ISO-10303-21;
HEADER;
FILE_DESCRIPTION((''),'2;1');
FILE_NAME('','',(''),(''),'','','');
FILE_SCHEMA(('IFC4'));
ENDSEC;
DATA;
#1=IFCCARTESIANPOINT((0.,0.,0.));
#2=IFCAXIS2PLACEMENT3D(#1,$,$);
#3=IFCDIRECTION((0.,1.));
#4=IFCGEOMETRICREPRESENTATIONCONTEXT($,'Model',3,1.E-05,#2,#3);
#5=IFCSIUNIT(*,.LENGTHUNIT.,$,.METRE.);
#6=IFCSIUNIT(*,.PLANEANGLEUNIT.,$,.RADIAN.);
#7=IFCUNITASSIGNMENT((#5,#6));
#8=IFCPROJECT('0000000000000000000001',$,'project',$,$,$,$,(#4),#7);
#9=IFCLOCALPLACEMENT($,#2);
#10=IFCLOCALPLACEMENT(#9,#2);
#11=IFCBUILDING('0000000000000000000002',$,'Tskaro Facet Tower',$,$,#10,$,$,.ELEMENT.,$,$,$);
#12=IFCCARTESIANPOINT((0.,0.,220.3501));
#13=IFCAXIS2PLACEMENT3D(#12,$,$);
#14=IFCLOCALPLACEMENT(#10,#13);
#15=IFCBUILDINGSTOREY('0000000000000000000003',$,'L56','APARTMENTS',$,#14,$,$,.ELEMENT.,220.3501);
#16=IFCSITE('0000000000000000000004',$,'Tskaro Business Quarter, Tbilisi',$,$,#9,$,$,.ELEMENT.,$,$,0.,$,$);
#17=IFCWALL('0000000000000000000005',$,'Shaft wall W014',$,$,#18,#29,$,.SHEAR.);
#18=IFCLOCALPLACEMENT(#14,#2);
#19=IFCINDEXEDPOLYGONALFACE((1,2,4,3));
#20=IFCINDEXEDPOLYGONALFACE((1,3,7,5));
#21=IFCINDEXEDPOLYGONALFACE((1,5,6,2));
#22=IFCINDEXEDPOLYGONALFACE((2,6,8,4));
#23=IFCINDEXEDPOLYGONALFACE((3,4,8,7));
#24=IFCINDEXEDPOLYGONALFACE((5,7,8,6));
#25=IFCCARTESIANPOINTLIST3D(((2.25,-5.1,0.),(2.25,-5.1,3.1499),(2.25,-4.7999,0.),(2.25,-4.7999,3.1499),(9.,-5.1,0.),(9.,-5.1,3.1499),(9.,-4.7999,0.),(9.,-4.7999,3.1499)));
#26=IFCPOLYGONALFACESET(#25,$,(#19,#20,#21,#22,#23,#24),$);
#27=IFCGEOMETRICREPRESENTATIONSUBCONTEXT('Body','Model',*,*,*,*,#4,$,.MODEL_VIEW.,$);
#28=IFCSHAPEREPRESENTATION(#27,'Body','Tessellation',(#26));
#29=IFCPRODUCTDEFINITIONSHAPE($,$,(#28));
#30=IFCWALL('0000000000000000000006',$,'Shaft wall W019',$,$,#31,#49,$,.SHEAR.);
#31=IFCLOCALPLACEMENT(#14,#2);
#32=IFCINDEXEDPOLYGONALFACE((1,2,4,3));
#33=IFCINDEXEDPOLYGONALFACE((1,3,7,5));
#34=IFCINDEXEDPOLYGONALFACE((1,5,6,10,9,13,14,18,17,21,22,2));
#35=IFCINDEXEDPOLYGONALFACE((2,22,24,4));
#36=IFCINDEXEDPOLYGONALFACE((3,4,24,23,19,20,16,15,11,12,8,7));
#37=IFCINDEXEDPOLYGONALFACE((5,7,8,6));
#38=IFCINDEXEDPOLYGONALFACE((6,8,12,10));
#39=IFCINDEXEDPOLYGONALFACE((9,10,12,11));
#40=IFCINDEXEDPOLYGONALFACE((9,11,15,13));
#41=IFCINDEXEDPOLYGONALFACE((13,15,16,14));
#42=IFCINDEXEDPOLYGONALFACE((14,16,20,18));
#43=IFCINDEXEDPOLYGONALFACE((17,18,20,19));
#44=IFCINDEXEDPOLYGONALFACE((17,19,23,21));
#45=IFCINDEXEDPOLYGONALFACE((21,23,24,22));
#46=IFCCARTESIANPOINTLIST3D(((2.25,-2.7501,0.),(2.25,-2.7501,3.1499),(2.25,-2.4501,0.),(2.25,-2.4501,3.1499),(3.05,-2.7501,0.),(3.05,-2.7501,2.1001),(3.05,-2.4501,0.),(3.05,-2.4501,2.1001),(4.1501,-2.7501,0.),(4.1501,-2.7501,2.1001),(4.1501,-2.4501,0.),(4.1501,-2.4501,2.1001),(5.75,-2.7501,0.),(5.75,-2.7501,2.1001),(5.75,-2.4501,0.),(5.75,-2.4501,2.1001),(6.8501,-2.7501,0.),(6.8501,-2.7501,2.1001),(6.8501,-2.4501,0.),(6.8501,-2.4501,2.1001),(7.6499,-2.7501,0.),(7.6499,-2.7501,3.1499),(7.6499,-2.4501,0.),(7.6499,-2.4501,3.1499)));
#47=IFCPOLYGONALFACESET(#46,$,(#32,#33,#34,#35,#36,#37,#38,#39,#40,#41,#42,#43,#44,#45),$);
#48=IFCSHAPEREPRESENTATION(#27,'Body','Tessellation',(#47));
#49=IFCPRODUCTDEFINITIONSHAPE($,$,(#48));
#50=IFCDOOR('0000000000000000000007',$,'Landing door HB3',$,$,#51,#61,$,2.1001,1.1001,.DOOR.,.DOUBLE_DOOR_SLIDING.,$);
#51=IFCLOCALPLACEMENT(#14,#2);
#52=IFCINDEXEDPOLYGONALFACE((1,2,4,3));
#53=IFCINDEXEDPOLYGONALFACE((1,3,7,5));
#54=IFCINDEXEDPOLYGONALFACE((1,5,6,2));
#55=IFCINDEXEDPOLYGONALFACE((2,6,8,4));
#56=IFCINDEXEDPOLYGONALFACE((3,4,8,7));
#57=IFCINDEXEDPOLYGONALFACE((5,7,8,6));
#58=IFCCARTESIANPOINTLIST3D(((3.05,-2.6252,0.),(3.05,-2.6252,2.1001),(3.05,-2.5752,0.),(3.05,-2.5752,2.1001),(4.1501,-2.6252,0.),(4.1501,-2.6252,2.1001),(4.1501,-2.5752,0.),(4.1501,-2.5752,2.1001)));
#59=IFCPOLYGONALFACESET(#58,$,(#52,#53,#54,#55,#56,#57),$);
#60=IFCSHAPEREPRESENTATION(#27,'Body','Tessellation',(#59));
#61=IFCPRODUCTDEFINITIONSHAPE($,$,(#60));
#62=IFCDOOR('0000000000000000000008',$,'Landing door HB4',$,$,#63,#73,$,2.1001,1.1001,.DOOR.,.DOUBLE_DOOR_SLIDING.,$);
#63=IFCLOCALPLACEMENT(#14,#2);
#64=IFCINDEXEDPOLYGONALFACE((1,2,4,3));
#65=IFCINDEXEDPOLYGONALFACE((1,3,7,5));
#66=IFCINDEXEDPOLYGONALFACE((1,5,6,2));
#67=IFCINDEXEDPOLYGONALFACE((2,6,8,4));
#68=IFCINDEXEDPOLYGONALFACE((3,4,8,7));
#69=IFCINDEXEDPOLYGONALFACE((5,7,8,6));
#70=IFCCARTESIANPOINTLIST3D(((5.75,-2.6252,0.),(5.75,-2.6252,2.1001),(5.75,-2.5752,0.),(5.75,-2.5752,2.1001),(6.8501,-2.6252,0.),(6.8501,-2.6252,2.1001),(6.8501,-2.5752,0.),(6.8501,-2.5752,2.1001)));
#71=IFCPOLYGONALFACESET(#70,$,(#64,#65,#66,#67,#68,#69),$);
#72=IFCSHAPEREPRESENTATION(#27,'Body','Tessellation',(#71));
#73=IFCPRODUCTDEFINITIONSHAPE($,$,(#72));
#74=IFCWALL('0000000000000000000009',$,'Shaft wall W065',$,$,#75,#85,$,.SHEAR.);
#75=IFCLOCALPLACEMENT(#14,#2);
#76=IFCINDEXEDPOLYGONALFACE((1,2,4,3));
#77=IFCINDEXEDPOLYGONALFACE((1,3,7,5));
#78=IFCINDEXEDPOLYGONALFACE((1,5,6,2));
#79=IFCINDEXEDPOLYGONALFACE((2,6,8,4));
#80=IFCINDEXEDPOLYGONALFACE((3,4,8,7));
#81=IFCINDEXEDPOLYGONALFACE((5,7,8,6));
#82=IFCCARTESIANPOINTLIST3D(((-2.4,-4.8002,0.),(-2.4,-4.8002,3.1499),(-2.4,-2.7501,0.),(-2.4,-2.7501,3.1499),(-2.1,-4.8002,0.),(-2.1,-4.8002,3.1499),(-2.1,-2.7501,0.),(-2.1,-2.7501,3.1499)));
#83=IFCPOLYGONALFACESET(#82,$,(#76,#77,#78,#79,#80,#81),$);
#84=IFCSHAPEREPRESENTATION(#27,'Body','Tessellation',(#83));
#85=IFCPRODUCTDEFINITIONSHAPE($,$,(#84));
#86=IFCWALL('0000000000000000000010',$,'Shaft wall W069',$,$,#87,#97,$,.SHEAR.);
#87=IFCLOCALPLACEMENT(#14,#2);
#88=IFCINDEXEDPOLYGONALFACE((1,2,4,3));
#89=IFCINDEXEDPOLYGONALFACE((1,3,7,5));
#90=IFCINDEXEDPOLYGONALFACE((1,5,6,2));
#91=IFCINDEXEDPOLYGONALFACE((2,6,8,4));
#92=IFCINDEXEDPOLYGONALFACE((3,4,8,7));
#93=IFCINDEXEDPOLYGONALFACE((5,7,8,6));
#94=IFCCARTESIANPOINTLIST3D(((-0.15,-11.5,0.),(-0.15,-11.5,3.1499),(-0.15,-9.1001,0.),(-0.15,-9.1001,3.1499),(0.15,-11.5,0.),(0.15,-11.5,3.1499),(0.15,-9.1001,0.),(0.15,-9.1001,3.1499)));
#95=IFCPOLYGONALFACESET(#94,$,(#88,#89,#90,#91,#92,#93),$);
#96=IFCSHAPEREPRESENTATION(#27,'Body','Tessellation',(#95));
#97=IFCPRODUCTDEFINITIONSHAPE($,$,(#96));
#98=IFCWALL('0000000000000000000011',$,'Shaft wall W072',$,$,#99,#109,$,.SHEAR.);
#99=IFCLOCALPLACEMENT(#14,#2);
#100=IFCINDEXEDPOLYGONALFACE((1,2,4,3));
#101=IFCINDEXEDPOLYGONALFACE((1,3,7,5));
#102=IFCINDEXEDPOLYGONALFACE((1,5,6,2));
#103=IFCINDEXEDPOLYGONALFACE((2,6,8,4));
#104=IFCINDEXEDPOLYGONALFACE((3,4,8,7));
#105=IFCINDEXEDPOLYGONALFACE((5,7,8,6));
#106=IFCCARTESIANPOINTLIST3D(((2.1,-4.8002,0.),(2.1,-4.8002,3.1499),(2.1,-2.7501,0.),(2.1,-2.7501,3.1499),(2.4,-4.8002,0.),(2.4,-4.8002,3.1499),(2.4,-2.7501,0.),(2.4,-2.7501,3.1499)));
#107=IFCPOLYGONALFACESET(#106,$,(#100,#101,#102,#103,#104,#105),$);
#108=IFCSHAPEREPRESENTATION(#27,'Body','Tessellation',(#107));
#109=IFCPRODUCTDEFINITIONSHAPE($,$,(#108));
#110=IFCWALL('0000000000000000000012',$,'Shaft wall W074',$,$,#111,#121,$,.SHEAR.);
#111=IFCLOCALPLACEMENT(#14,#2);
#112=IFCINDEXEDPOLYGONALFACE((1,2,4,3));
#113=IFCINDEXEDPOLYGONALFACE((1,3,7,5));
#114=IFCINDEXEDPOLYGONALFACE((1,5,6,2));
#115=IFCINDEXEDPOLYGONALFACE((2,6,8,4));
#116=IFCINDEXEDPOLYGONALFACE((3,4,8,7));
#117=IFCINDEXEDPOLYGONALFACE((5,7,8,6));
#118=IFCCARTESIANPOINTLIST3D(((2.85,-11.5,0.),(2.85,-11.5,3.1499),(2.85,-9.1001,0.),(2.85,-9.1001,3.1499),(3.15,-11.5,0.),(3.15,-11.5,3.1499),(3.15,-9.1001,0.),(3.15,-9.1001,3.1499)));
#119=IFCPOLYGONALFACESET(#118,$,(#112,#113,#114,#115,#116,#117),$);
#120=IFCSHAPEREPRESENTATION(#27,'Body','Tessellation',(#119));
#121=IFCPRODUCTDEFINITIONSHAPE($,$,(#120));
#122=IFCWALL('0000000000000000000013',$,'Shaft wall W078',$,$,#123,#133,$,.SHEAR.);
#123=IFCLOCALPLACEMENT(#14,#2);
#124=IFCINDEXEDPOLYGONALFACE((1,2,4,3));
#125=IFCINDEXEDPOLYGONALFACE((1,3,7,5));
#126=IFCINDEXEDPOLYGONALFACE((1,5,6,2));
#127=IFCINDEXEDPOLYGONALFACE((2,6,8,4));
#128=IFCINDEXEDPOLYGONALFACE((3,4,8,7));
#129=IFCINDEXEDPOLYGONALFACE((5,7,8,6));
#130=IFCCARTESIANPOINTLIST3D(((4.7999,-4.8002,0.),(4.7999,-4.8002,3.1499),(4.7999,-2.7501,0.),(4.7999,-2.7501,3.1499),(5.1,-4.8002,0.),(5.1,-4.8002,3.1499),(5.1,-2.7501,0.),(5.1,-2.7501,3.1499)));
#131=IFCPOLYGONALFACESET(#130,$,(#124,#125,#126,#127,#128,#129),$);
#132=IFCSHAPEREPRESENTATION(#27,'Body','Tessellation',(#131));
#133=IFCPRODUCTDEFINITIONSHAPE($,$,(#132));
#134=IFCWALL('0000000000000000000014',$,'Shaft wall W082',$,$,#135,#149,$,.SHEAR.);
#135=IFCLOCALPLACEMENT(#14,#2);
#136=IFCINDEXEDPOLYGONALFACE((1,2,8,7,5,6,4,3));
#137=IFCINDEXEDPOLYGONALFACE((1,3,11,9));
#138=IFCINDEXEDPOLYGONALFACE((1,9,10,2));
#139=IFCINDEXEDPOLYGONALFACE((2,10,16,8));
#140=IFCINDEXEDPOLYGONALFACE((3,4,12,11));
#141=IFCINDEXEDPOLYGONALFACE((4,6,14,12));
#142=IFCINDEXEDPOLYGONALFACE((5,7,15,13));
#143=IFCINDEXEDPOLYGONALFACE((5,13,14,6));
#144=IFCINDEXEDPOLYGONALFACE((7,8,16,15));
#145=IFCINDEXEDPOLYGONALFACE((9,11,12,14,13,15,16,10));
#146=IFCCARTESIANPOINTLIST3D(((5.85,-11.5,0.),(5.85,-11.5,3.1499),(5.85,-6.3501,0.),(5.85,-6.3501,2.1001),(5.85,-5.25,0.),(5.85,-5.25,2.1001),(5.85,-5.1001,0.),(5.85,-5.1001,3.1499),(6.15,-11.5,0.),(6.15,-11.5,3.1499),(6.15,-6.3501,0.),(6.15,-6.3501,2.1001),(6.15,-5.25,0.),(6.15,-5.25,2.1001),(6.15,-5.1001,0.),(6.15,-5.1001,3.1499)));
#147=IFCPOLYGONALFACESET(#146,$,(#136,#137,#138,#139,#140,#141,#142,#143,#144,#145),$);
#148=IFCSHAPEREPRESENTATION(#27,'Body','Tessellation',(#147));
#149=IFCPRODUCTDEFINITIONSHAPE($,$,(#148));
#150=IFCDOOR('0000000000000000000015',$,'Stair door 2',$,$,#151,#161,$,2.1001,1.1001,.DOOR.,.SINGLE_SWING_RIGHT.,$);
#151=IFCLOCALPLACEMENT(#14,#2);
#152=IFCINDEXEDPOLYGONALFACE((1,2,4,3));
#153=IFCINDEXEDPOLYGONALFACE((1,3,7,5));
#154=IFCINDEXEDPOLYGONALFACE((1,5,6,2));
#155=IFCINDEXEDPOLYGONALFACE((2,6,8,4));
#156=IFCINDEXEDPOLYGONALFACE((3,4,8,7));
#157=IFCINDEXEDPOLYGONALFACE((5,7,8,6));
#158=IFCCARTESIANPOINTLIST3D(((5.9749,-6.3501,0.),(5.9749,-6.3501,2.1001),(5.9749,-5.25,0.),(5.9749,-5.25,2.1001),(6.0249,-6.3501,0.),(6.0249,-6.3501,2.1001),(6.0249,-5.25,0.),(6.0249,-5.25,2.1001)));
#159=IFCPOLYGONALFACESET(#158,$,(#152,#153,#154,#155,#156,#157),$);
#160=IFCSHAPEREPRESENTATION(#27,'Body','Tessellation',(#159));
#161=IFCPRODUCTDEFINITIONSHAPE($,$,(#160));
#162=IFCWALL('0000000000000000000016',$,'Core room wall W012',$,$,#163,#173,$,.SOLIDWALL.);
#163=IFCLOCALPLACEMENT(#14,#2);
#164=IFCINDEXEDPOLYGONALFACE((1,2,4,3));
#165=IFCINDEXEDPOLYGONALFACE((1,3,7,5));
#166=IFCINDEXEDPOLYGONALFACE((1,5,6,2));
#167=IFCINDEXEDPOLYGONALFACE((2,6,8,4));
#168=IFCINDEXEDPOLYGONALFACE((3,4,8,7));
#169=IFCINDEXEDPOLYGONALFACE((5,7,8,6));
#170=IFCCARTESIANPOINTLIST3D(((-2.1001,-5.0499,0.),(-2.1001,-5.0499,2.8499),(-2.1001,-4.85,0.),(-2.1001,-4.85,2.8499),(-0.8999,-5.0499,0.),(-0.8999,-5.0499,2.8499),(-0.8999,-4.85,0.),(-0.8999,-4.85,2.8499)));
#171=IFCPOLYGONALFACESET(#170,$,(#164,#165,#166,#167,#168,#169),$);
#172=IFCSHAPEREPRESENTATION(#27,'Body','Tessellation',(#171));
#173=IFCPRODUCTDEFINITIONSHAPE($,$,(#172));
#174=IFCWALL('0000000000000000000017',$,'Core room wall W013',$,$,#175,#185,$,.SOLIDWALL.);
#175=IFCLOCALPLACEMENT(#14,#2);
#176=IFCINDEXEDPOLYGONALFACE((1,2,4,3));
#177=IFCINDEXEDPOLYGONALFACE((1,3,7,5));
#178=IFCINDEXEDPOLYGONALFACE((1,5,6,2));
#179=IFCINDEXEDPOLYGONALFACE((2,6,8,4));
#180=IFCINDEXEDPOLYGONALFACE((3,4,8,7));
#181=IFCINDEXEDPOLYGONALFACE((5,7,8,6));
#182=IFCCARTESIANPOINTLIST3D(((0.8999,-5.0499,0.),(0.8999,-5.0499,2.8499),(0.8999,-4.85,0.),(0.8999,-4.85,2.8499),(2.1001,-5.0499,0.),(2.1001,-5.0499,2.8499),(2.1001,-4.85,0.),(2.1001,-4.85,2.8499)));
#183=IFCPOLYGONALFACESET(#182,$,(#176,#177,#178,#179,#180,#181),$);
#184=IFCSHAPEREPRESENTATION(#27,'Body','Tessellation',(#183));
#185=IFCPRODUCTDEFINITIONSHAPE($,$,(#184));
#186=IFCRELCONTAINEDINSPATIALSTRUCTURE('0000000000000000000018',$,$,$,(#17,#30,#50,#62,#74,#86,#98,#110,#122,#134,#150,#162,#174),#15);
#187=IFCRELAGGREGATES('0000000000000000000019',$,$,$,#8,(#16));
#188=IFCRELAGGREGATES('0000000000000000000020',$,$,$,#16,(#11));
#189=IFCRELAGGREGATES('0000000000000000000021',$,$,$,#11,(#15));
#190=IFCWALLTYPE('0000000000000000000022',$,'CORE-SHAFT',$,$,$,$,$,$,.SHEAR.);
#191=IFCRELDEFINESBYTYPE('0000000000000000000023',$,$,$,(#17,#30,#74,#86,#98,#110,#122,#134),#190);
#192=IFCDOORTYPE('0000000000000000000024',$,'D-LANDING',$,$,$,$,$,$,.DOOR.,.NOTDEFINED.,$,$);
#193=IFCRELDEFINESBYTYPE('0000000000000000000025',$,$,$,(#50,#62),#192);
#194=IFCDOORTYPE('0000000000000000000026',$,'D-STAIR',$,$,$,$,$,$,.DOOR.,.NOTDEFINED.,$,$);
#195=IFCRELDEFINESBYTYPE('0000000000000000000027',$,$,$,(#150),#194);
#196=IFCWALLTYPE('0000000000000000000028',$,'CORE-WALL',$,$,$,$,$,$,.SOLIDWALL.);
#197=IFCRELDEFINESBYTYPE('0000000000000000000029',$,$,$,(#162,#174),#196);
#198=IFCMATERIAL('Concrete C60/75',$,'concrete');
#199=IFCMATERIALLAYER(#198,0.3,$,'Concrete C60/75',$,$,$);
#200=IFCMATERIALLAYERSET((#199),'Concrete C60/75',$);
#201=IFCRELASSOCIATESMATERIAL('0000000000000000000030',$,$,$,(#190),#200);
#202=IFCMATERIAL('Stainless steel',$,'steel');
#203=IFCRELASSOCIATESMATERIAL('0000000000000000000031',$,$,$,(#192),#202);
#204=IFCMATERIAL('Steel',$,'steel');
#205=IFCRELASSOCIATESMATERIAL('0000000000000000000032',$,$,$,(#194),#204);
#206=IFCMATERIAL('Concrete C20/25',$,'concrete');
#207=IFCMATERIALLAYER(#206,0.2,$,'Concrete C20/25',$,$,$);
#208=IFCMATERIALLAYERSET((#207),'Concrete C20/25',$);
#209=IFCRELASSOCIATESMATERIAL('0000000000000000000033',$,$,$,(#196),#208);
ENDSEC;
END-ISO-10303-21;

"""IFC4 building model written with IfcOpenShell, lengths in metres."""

from ifc_helpers import new_model, si_unit, direction, frame, frame_2d, origin, place, context, subcontext, project, spatial, rectangle, extrude, material, layer, layer_set, type_object, element, fill, save


model = new_model("IFC4")

# Units and contexts
model_context = context("Model", 3, precision=1e-05, world=origin(), true_north=direction((0.0, 1.0)))
body_context = subcontext(model_context, "Body", "Model", "MODEL_VIEW")
ifc_project = project(units=[si_unit("LENGTHUNIT", "METRE"), si_unit("PLANEANGLEUNIT", "RADIAN")], contexts=[model_context])

# Site, building, storey
site_placement = place(None, origin())
site = spatial("IfcSite", under=ifc_project, at=site_placement, Name="Tskaro Business Quarter, Tbilisi", CompositionType="ELEMENT", RefElevation=0.0)
building_placement = place(site_placement, origin())
building = spatial("IfcBuilding", under=site, at=building_placement, Name="Tskaro Facet Tower", CompositionType="ELEMENT")
storey_placement = place(building_placement, frame((0.0, 0.0, 220.3501)))
storey = spatial("IfcBuildingStorey", under=building, at=storey_placement, Name="L56", Description="APARTMENTS", CompositionType="ELEMENT", Elevation=220.3501)

# Wall
ifc_material_1 = material(Name="Concrete C60/75", Category="concrete")
ifc_layer_1 = layer(ifc_material_1, 0.3, Name="Concrete C60/75")
ifc_layer_set_1 = layer_set([ifc_layer_1], Name="Concrete C60/75")
wall_type_1 = type_object("IfcWallType", Name="CORE-SHAFT", PredefinedType="SHEAR", material=ifc_layer_set_1)
wall_1_placement = place(storey_placement, frame((2.25, -4.95, 0.0), z_axis=(0.0, 0.0, 1.0), x_axis=(1.0, 0.0, 0.0)))
element("IfcWall", 1, at=wall_1_placement, inside=storey, type_object=wall_type_1, Name="Shaft wall W014", PredefinedType="SHEAR", context=body_context, shape_type="SweptSolid", body=[
    extrude(rectangle(XDim=6.75, YDim=0.3, at=frame_2d((3.375, 0.0))), origin(), (0.0, 0.0, 1.0), 3.1499),
])

# Wall, openings, doors
wall_2_placement = place(storey_placement, frame((2.25, -2.6001, 0.0), z_axis=(0.0, 0.0, 1.0), x_axis=(1.0, 0.0, 0.0)))
wall_2 = element("IfcWall", 2, at=wall_2_placement, inside=storey, type_object=wall_type_1, Name="Shaft wall W019", PredefinedType="SHEAR", context=body_context, shape_type="SweptSolid", body=[
    extrude(rectangle(XDim=5.3999, YDim=0.3, at=frame_2d((2.7, 0.0))), origin(), (0.0, 0.0, 1.0), 3.1499),
])
opening_1_placement = place(wall_2_placement, frame((0.8, 0.0, 0.0)))
opening_1 = element("IfcOpeningElement", 3, at=opening_1_placement, cuts=wall_2, PredefinedType="OPENING", context=body_context, shape_type="SweptSolid", body=[
    extrude(rectangle(XDim=1.1001, YDim=2.1001, at=frame_2d((0.55, 1.05))), frame((0.0, 0.1599, 0.0), z_axis=(0.0, -1.0, 0.0), x_axis=(1.0, 0.0, 0.0)), (0.0, 0.0, 1.0), 0.3201),
])
opening_2_placement = place(wall_2_placement, frame((3.5, 0.0, 0.0)))
opening_2 = element("IfcOpeningElement", 4, at=opening_2_placement, cuts=wall_2, PredefinedType="OPENING", context=body_context, shape_type="SweptSolid", body=[
    extrude(rectangle(XDim=1.1001, YDim=2.1001, at=frame_2d((0.55, 1.05))), frame((0.0, 0.1599, 0.0), z_axis=(0.0, -1.0, 0.0), x_axis=(1.0, 0.0, 0.0)), (0.0, 0.0, 1.0), 0.3201),
])
ifc_material_2 = material(Name="Stainless steel", Category="steel")
door_type_1 = type_object("IfcDoorType", Name="D-LANDING", OperationType="NOTDEFINED", PredefinedType="DOOR", material=ifc_material_2)
door_1_placement = place(opening_1_placement, origin())
door_1 = element("IfcDoor", 5, at=door_1_placement, inside=storey, type_object=door_type_1, Name="Landing door HB3", OperationType="DOUBLE_DOOR_SLIDING", OverallHeight=2.1001, OverallWidth=1.1001, PredefinedType="DOOR", context=body_context, shape_type="SweptSolid", body=[
    extrude(rectangle(XDim=1.1001, YDim=2.1001, at=frame_2d((0.55, 1.05))), frame((0.0, 0.0249, 0.0), z_axis=(0.0, -1.0, 0.0), x_axis=(1.0, 0.0, 0.0)), (0.0, 0.0, 1.0), 0.05),
])
fill(opening_1, door_1)
door_2_placement = place(opening_2_placement, origin())
door_2 = element("IfcDoor", 6, at=door_2_placement, inside=storey, type_object=door_type_1, Name="Landing door HB4", OperationType="DOUBLE_DOOR_SLIDING", OverallHeight=2.1001, OverallWidth=1.1001, PredefinedType="DOOR", context=body_context, shape_type="SweptSolid", body=[
    extrude(rectangle(XDim=1.1001, YDim=2.1001, at=frame_2d((0.55, 1.05))), frame((0.0, 0.0249, 0.0), z_axis=(0.0, -1.0, 0.0), x_axis=(1.0, 0.0, 0.0)), (0.0, 0.0, 1.0), 0.05),
])
fill(opening_2, door_2)

# Walls
wall_3_placement = place(storey_placement, frame((-2.25, -4.8, 0.0), z_axis=(0.0, 0.0, 1.0), x_axis=(0.0, 1.0, 0.0)))
element("IfcWall", 7, at=wall_3_placement, inside=storey, type_object=wall_type_1, Name="Shaft wall W065", PredefinedType="SHEAR", context=body_context, shape_type="SweptSolid", body=[
    extrude(rectangle(XDim=2.05, YDim=0.3, at=frame_2d((1.0249, 0.0))), origin(), (0.0, 0.0, 1.0), 3.1499),
])
wall_4_placement = place(storey_placement, frame((0.0, -11.5, 0.0), z_axis=(0.0, 0.0, 1.0), x_axis=(0.0, 1.0, 0.0)))
element("IfcWall", 8, at=wall_4_placement, inside=storey, type_object=wall_type_1, Name="Shaft wall W069", PredefinedType="SHEAR", context=body_context, shape_type="SweptSolid", body=[
    extrude(rectangle(XDim=2.3999, YDim=0.3, at=frame_2d((1.2, 0.0))), origin(), (0.0, 0.0, 1.0), 3.1499),
])
wall_5_placement = place(storey_placement, frame((2.25, -4.8, 0.0), z_axis=(0.0, 0.0, 1.0), x_axis=(0.0, 1.0, 0.0)))
element("IfcWall", 9, at=wall_5_placement, inside=storey, type_object=wall_type_1, Name="Shaft wall W072", PredefinedType="SHEAR", context=body_context, shape_type="SweptSolid", body=[
    extrude(rectangle(XDim=2.05, YDim=0.3, at=frame_2d((1.0249, 0.0))), origin(), (0.0, 0.0, 1.0), 3.1499),
])
wall_6_placement = place(storey_placement, frame((3.0, -11.5, 0.0), z_axis=(0.0, 0.0, 1.0), x_axis=(0.0, 1.0, 0.0)))
element("IfcWall", 10, at=wall_6_placement, inside=storey, type_object=wall_type_1, Name="Shaft wall W074", PredefinedType="SHEAR", context=body_context, shape_type="SweptSolid", body=[
    extrude(rectangle(XDim=2.3999, YDim=0.3, at=frame_2d((1.2, 0.0))), origin(), (0.0, 0.0, 1.0), 3.1499),
])
wall_7_placement = place(storey_placement, frame((4.95, -4.8, 0.0), z_axis=(0.0, 0.0, 1.0), x_axis=(0.0, 1.0, 0.0)))
element("IfcWall", 11, at=wall_7_placement, inside=storey, type_object=wall_type_1, Name="Shaft wall W078", PredefinedType="SHEAR", context=body_context, shape_type="SweptSolid", body=[
    extrude(rectangle(XDim=2.05, YDim=0.3, at=frame_2d((1.0249, 0.0))), origin(), (0.0, 0.0, 1.0), 3.1499),
])

# Wall, opening, door
wall_8_placement = place(storey_placement, frame((6.0, -5.1001, 0.0), z_axis=(0.0, 0.0, 1.0), x_axis=(0.0, -1.0, 0.0)))
wall_8 = element("IfcWall", 12, at=wall_8_placement, inside=storey, type_object=wall_type_1, Name="Shaft wall W082", PredefinedType="SHEAR", context=body_context, shape_type="SweptSolid", body=[
    extrude(rectangle(XDim=6.3999, YDim=0.3, at=frame_2d((3.2, 0.0))), origin(), (0.0, 0.0, 1.0), 3.1499),
])
opening_3_placement = place(wall_8_placement, frame((0.1499, 0.0, 0.0)))
opening_3 = element("IfcOpeningElement", 13, at=opening_3_placement, cuts=wall_8, PredefinedType="OPENING", context=body_context, shape_type="SweptSolid", body=[
    extrude(rectangle(XDim=1.1001, YDim=2.1001, at=frame_2d((0.55, 1.05))), frame((0.0, 0.1599, 0.0), z_axis=(0.0, -1.0, 0.0), x_axis=(1.0, 0.0, 0.0)), (0.0, 0.0, 1.0), 0.3201),
])
ifc_material_3 = material(Name="Steel", Category="steel")
door_type_2 = type_object("IfcDoorType", Name="D-STAIR", OperationType="NOTDEFINED", PredefinedType="DOOR", material=ifc_material_3)
door_3_placement = place(opening_3_placement, origin())
door_3 = element("IfcDoor", 14, at=door_3_placement, inside=storey, type_object=door_type_2, Name="Stair door 2", OperationType="SINGLE_SWING_RIGHT", OverallHeight=2.1001, OverallWidth=1.1001, PredefinedType="DOOR", context=body_context, shape_type="SweptSolid", body=[
    extrude(rectangle(XDim=1.1001, YDim=2.1001, at=frame_2d((0.55, 1.05))), frame((0.0, 0.0249, 0.0), z_axis=(0.0, -1.0, 0.0), x_axis=(1.0, 0.0, 0.0)), (0.0, 0.0, 1.0), 0.05),
])
fill(opening_3, door_3)

# Walls
ifc_material_4 = material(Name="Concrete C20/25", Category="concrete")
ifc_layer_2 = layer(ifc_material_4, 0.2, Name="Concrete C20/25")
ifc_layer_set_2 = layer_set([ifc_layer_2], Name="Concrete C20/25")
wall_type_2 = type_object("IfcWallType", Name="CORE-WALL", PredefinedType="SOLIDWALL", material=ifc_layer_set_2)
for number, where, z_axis, x_axis, name in (
    (15, (-2.1001, -4.95, 0.0), (0.0, 0.0, 1.0), (1.0, 0.0, 0.0), "Core room wall W012"),
    (16, (0.8999, -4.95, 0.0), (0.0, 0.0, 1.0), (1.0, 0.0, 0.0), "Core room wall W013"),
):
    element("IfcWall", number, at=place(storey_placement, frame(where, z_axis=z_axis, x_axis=x_axis)), inside=storey, type_object=wall_type_2, Name=name, PredefinedType="SOLIDWALL", context=body_context, shape_type="SweptSolid", body=[
        extrude(rectangle(XDim=1.2002, YDim=0.2, at=frame_2d((0.6001, 0.0))), origin(), (0.0, 0.0, 1.0), 2.8499),
    ])

save(model, "model.ifc")
